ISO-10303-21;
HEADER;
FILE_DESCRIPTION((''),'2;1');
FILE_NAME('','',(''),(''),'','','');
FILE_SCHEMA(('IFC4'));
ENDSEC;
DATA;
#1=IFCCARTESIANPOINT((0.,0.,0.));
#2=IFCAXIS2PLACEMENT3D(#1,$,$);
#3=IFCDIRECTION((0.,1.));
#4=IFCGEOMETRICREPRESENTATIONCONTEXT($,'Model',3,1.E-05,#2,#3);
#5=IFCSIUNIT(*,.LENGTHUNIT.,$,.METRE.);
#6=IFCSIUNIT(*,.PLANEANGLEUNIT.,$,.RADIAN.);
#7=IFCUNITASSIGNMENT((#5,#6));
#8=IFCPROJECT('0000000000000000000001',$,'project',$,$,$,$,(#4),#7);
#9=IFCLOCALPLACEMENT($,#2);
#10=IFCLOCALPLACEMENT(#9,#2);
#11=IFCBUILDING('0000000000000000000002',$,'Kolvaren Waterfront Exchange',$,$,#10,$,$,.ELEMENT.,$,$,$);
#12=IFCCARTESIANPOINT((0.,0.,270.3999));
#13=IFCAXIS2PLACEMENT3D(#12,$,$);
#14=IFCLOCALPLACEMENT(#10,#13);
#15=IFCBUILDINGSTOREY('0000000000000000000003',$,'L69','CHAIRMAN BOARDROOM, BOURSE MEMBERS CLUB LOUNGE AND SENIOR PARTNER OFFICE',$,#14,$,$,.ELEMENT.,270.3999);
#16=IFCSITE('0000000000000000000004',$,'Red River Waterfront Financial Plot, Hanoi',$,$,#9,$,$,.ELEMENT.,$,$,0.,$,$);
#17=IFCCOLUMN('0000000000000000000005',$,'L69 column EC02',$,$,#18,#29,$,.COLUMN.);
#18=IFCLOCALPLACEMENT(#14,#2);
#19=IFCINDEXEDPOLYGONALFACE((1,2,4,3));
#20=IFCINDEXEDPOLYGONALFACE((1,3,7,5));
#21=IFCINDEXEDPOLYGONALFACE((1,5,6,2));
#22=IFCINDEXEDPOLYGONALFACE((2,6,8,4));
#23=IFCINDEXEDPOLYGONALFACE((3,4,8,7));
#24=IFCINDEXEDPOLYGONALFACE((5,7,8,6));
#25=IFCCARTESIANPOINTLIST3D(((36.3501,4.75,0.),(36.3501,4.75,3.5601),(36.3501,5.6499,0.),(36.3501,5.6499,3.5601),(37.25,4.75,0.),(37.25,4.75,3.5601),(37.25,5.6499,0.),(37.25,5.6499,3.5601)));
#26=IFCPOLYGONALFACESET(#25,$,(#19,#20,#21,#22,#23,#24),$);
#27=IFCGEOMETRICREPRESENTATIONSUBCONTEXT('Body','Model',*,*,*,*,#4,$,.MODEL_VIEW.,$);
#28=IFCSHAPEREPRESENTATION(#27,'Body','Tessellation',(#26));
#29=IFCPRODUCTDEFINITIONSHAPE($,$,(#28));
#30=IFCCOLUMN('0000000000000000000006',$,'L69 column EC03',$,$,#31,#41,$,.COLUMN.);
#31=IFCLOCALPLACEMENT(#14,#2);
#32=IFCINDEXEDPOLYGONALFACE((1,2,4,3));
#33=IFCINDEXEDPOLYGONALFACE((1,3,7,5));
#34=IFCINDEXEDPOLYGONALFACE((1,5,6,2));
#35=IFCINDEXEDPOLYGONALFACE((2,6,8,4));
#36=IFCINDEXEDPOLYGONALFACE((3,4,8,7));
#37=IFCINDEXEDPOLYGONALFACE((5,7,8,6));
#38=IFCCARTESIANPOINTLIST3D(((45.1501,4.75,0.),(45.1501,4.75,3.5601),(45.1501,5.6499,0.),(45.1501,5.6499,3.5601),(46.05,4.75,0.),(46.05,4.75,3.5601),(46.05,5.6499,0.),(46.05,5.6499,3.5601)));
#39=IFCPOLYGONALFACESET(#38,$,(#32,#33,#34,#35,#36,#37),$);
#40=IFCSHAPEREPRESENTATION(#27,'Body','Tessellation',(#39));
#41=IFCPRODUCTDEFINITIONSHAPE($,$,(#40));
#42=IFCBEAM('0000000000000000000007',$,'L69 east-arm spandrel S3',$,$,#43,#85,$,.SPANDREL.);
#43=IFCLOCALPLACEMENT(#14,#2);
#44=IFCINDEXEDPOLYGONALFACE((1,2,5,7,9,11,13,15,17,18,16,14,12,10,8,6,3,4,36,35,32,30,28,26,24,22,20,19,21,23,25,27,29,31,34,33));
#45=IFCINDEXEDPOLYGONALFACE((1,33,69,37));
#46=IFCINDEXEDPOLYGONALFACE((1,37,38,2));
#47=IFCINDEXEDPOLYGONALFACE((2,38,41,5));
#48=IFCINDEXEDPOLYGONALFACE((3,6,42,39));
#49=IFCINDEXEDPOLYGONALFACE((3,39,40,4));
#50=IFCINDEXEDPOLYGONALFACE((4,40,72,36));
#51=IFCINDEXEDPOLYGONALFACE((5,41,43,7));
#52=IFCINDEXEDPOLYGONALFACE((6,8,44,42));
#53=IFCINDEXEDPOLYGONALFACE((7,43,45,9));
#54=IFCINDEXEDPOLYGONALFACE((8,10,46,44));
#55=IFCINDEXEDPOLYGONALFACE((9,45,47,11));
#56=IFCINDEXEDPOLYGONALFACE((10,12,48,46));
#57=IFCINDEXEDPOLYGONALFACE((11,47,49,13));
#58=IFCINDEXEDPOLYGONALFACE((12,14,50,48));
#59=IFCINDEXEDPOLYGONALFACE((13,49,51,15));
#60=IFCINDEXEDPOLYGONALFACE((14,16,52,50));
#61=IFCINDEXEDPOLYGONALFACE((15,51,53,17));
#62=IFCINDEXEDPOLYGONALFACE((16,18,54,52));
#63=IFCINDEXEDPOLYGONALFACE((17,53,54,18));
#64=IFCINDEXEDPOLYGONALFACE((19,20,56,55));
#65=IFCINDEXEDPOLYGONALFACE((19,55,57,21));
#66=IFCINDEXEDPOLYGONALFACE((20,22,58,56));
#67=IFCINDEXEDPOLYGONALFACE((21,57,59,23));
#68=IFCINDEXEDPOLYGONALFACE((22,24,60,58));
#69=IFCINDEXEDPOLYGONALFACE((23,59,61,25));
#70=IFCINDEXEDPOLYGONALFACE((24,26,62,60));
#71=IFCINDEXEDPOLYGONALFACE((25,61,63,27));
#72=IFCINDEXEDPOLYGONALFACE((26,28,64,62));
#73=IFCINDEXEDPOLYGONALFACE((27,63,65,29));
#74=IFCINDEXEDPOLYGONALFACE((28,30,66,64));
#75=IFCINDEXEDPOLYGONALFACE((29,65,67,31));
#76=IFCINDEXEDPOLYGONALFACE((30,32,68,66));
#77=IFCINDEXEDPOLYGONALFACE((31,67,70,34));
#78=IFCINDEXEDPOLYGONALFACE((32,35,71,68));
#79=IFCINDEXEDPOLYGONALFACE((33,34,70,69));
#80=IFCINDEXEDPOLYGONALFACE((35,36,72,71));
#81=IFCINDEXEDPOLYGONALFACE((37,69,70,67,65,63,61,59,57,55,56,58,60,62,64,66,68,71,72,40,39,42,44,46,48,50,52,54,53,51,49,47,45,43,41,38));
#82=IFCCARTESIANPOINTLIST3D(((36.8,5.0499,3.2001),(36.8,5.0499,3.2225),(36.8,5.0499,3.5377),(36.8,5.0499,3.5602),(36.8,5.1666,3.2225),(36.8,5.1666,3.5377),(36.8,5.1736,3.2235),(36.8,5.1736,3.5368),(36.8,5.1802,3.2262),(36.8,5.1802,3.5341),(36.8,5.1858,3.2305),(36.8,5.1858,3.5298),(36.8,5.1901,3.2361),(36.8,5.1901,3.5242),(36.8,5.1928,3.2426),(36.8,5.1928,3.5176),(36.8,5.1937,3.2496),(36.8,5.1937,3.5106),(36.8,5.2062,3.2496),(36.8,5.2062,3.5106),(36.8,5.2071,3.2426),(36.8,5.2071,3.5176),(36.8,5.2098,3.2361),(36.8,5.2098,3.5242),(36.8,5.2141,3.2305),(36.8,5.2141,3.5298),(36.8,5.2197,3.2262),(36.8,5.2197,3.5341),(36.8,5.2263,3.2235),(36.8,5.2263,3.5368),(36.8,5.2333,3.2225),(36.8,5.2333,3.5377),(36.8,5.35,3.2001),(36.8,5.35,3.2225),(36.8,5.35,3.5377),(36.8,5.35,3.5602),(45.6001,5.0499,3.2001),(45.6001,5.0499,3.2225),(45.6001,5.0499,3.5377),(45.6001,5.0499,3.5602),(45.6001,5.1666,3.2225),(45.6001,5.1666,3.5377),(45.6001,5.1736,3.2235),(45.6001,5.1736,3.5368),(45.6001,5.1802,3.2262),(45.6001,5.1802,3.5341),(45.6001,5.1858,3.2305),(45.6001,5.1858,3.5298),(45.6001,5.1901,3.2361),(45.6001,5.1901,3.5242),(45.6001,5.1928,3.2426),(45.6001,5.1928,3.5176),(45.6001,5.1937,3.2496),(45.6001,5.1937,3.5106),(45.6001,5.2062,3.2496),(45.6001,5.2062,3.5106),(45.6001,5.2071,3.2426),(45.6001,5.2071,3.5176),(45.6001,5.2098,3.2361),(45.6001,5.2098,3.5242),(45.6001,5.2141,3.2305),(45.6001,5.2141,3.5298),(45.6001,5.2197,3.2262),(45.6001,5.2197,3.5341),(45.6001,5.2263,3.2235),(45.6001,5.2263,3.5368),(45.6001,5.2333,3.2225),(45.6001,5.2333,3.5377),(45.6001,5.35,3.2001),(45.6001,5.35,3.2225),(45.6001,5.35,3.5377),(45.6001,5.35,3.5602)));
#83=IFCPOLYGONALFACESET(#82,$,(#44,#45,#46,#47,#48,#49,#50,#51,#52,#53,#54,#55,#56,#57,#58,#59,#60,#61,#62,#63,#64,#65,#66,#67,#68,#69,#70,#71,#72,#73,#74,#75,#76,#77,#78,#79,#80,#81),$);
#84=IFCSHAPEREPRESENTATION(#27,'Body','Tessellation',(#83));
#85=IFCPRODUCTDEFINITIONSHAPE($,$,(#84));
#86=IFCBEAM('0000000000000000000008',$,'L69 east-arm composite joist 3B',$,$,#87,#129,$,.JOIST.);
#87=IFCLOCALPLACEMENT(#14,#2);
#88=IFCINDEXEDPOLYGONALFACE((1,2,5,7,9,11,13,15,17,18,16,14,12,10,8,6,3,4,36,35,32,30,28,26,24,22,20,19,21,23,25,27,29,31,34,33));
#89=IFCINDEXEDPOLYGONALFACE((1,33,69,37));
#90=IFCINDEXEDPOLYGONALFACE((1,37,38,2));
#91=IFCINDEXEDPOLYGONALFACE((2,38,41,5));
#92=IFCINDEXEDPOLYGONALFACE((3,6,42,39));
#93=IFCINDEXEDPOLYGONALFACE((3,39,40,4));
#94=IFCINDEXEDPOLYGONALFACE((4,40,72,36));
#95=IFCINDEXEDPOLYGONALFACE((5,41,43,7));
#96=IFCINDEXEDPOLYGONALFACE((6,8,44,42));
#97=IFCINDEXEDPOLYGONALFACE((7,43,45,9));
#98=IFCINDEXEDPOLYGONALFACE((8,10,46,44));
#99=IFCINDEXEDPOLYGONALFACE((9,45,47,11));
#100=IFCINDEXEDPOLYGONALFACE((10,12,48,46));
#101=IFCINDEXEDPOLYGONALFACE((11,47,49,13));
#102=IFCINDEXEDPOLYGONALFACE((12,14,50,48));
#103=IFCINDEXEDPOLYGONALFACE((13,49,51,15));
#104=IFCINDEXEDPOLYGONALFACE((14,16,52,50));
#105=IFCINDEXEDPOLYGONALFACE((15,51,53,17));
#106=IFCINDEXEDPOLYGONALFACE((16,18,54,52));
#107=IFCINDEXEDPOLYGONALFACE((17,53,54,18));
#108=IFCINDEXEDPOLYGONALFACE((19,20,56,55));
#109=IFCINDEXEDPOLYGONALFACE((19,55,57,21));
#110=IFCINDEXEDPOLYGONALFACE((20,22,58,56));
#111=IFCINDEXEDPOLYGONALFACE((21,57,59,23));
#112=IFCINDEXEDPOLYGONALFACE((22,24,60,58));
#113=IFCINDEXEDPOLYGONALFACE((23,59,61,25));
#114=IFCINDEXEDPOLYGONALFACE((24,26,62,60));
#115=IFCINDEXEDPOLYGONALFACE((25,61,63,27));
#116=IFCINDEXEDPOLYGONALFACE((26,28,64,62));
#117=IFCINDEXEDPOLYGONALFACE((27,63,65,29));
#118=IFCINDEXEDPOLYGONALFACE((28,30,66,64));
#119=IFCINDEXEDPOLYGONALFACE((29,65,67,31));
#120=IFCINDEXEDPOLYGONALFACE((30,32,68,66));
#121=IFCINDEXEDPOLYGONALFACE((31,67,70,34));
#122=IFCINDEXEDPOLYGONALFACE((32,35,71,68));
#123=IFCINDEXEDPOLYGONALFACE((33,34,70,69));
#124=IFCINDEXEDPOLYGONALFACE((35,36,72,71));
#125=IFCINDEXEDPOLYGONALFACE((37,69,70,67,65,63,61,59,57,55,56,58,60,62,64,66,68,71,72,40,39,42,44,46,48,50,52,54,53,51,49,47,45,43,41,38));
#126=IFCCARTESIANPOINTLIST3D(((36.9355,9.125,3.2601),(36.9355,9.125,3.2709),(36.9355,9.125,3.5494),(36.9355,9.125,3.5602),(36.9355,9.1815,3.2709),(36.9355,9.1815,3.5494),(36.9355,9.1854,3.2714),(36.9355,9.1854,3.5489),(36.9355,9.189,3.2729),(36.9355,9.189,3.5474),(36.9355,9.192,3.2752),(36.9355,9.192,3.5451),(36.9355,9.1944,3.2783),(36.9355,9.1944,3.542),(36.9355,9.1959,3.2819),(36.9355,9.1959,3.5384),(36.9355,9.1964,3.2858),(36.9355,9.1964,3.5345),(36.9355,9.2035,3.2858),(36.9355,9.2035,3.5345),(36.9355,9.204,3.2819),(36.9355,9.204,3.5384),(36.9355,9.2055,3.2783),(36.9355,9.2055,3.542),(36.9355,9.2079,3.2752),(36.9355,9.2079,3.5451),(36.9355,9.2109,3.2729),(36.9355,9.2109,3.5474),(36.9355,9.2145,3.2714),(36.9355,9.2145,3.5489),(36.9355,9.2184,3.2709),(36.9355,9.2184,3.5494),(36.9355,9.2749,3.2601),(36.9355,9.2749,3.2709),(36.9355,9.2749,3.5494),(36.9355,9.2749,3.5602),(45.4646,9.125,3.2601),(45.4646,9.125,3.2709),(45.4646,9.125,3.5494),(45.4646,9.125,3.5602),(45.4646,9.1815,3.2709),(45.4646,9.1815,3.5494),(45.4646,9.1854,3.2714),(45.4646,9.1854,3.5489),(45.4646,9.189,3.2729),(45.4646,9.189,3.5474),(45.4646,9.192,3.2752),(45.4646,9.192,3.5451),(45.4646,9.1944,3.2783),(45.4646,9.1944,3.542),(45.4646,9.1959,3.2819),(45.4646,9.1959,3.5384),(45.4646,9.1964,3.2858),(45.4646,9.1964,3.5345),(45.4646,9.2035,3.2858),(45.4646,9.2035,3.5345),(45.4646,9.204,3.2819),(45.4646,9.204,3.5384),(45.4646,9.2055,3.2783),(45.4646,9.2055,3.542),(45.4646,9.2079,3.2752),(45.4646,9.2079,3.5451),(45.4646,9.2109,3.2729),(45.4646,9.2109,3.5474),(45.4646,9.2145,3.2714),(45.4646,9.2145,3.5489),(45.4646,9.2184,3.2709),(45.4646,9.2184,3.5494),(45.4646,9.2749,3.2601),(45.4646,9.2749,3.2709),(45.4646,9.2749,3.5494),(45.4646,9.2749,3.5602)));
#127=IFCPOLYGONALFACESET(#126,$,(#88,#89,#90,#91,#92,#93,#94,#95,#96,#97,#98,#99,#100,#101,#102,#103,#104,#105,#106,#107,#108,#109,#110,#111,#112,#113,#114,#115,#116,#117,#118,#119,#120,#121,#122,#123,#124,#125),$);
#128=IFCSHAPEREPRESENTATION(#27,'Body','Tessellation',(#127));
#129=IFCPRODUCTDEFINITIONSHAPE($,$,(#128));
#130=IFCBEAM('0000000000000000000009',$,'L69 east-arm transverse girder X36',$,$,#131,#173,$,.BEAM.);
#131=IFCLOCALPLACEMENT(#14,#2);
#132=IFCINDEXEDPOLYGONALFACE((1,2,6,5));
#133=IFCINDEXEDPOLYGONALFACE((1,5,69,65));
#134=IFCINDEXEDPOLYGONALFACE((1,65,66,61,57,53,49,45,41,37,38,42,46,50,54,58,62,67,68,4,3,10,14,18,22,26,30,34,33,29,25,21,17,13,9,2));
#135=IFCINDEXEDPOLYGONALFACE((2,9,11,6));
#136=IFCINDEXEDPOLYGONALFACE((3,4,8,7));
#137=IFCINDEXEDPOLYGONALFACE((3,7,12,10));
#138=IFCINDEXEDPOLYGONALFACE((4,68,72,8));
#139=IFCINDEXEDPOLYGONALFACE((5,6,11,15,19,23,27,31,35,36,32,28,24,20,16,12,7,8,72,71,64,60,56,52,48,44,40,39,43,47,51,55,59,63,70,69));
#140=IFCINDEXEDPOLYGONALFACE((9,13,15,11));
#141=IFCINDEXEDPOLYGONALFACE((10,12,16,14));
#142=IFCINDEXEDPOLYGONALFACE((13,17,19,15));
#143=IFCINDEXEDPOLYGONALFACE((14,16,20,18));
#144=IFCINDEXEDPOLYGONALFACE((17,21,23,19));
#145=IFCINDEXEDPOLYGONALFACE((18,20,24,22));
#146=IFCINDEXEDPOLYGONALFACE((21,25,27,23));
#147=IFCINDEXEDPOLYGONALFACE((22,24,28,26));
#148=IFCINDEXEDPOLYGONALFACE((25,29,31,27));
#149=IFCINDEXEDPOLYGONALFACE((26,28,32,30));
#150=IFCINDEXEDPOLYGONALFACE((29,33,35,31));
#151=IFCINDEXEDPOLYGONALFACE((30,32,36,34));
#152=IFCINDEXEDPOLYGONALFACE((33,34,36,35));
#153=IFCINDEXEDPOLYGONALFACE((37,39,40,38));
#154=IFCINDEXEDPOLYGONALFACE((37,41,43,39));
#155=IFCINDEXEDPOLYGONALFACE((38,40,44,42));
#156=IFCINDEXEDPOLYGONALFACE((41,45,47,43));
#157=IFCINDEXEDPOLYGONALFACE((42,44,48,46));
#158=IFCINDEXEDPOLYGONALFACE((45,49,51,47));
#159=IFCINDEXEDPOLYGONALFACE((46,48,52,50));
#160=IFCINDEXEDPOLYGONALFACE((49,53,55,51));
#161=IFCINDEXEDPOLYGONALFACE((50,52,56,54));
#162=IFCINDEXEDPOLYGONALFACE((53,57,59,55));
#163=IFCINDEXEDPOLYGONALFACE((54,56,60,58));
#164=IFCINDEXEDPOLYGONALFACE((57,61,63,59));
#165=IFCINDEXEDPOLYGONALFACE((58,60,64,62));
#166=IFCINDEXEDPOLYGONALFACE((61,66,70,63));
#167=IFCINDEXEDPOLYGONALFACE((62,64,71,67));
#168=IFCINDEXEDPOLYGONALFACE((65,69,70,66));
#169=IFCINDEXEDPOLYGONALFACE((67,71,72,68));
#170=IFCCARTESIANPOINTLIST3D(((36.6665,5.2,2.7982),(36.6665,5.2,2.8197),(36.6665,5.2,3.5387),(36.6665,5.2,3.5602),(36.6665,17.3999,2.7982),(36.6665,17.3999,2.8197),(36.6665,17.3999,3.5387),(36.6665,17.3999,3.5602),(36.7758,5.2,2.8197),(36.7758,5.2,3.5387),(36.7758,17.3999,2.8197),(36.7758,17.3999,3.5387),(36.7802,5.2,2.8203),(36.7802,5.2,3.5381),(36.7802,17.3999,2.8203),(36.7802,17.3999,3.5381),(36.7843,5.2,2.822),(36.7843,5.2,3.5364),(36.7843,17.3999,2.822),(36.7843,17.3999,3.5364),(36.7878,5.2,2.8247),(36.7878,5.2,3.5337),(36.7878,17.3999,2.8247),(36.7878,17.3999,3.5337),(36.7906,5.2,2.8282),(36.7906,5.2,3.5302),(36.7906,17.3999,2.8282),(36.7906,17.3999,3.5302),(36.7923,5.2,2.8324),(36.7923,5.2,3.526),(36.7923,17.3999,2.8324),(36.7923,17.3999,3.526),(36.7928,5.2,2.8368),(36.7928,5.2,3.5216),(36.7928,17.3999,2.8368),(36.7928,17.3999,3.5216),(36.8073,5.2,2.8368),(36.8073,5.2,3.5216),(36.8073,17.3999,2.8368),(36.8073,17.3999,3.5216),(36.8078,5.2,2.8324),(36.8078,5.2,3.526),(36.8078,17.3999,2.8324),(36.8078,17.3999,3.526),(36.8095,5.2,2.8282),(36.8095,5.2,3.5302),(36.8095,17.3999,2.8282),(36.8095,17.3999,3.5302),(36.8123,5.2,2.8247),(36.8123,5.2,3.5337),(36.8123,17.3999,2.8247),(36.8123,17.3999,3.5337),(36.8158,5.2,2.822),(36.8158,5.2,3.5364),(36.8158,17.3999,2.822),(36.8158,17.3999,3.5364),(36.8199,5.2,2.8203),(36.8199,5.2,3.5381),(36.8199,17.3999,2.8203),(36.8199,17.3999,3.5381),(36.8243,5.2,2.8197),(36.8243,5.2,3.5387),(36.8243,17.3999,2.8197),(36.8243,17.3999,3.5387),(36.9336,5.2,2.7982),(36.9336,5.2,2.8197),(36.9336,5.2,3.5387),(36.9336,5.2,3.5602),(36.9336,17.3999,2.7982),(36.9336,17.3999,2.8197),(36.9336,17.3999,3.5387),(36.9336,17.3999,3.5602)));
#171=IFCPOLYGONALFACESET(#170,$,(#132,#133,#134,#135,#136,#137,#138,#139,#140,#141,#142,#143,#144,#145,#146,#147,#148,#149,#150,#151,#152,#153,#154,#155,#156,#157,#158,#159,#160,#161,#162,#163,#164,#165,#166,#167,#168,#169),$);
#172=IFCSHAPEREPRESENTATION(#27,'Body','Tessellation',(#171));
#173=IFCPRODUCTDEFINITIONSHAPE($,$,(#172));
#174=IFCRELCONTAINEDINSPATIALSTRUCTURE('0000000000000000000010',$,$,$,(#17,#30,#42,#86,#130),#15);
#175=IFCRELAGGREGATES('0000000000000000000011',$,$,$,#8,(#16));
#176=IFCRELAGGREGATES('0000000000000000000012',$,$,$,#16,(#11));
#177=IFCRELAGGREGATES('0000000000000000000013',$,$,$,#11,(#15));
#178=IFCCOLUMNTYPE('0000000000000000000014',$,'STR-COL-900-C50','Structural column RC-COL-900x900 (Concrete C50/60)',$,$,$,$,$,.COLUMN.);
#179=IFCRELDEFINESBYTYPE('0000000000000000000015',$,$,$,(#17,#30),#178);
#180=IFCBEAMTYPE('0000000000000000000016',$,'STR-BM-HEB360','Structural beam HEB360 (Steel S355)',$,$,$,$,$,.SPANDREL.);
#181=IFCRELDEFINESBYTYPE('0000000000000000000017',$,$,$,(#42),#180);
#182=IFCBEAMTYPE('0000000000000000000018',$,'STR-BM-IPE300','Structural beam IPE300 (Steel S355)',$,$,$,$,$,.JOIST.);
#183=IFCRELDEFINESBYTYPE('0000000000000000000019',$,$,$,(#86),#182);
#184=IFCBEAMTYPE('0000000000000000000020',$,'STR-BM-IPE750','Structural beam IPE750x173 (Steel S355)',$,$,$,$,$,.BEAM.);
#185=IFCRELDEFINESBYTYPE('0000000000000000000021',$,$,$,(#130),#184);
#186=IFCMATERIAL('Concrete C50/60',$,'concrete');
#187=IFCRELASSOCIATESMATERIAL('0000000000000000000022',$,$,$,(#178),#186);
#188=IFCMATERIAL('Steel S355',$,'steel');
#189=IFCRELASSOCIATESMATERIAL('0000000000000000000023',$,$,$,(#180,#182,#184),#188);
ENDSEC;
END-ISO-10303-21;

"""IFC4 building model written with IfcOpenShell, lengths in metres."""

from ifc_helpers import new_model, si_unit, direction, frame, origin, origin_2d, place, context, subcontext, project, spatial, rectangle, i_section, extrude, material, material_profile, profile_set, type_object, element, save


model = new_model("IFC4")

# Units and contexts
model_context = context("Model", 3, precision=1e-05, world=origin(), true_north=direction((0.0, 1.0)))
body_context = subcontext(model_context, "Body", "Model", "MODEL_VIEW")
ifc_project = project(units=[si_unit("LENGTHUNIT", "METRE"), si_unit("PLANEANGLEUNIT", "RADIAN")], contexts=[model_context])

# Site, building, storey
site_placement = place(None, origin())
site = spatial("IfcSite", under=ifc_project, at=site_placement, Name="Red River Waterfront Financial Plot, Hanoi", CompositionType="ELEMENT", RefElevation=0.0)
building_placement = place(site_placement, origin())
building = spatial("IfcBuilding", under=site, at=building_placement, Name="Kolvaren Waterfront Exchange", CompositionType="ELEMENT")
storey_placement = place(building_placement, frame((0.0, 0.0, 270.3999)))
storey = spatial("IfcBuildingStorey", under=building, at=storey_placement, Name="L69", Description="CHAIRMAN BOARDROOM, BOURSE MEMBERS CLUB LOUNGE AND SENIOR PARTNER OFFICE", CompositionType="ELEMENT", Elevation=270.3999)

# Columns
ifc_material_1 = material(Name="Concrete C50/60", Category="concrete")
ifc_material_profile_1 = material_profile(ifc_material_1, rectangle(XDim=0.8999, YDim=0.8999, at=origin_2d()), Name="RC-COL-900x900")
ifc_profile_set_1 = profile_set([ifc_material_profile_1], Name="Concrete C50/60")
column_type = type_object("IfcColumnType", Name="STR-COL-900-C50", Description="Structural column RC-COL-900x900 (Concrete C50/60)", PredefinedType="COLUMN", material=ifc_profile_set_1)
for number, where, z_axis, x_axis, name in (
    (1, (36.8, 5.2, 0.0), (0.0, 0.0, 1.0), (1.0, 0.0, 0.0), "L69 column EC02"),
    (2, (45.6001, 5.2, 0.0), (0.0, 0.0, 1.0), (1.0, 0.0, 0.0), "L69 column EC03"),
):
    element("IfcColumn", number, at=place(storey_placement, frame(where, z_axis=z_axis, x_axis=x_axis)), inside=storey, type_object=column_type, Name=name, PredefinedType="COLUMN", context=body_context, shape_type="SweptSolid", body=[
        extrude(rectangle(XDim=0.8999, YDim=0.8999, at=origin_2d()), origin(), (0.0, 0.0, 1.0), 3.5601),
    ])

# Beams
ifc_material_2 = material(Name="Steel S355", Category="steel")
ifc_material_profile_2 = material_profile(ifc_material_2, i_section(OverallWidth=0.3, OverallDepth=0.3601, WebThickness=0.0125, FlangeThickness=0.0225, FilletRadius=0.0271, at=origin_2d()), Name="HEB360")
ifc_profile_set_2 = profile_set([ifc_material_profile_2], Name="Steel S355")
beam_type_1 = type_object("IfcBeamType", Name="STR-BM-HEB360", Description="Structural beam HEB360 (Steel S355)", PredefinedType="SPANDREL", material=ifc_profile_set_2)
beam_1_placement = place(storey_placement, frame((36.8, 5.2, 3.3801), z_axis=(1.0, 0.0, 0.0), x_axis=(0.0, 1.0, 0.0)))
element("IfcBeam", 3, at=beam_1_placement, inside=storey, type_object=beam_type_1, Name="L69 east-arm spandrel S3", PredefinedType="SPANDREL", context=body_context, shape_type="SweptSolid", body=[
    extrude(i_section(OverallWidth=0.3, OverallDepth=0.3601, WebThickness=0.0125, FlangeThickness=0.0225, FilletRadius=0.0271, at=origin_2d()), origin(), (0.0, 0.0, 1.0), 8.8),
])
ifc_material_profile_3 = material_profile(ifc_material_2, i_section(OverallWidth=0.1499, OverallDepth=0.3, WebThickness=0.0071, FlangeThickness=0.0107, FilletRadius=0.0149, at=origin_2d()), Name="IPE300")
ifc_profile_set_3 = profile_set([ifc_material_profile_3], Name="Steel S355")
beam_type_2 = type_object("IfcBeamType", Name="STR-BM-IPE300", Description="Structural beam IPE300 (Steel S355)", PredefinedType="JOIST", material=ifc_profile_set_3)
beam_2_placement = place(storey_placement, frame((36.9355, 9.2, 3.4102), z_axis=(1.0, 0.0, 0.0), x_axis=(0.0, 1.0, 0.0)))
element("IfcBeam", 4, at=beam_2_placement, inside=storey, type_object=beam_type_2, Name="L69 east-arm composite joist 3B", PredefinedType="JOIST", context=body_context, shape_type="SweptSolid", body=[
    extrude(i_section(OverallWidth=0.1499, OverallDepth=0.3, WebThickness=0.0071, FlangeThickness=0.0107, FilletRadius=0.0149, at=origin_2d()), origin(), (0.0, 0.0, 1.0), 8.5291),
])
ifc_material_profile_4 = material_profile(ifc_material_2, i_section(OverallWidth=0.2671, OverallDepth=0.762, WebThickness=0.0144, FlangeThickness=0.0215, FilletRadius=0.0171, at=origin_2d()), Name="IPE750x173")
ifc_profile_set_4 = profile_set([ifc_material_profile_4], Name="Steel S355")
beam_type_3 = type_object("IfcBeamType", Name="STR-BM-IPE750", Description="Structural beam IPE750x173 (Steel S355)", PredefinedType="BEAM", material=ifc_profile_set_4)
for number, where, z_axis, x_axis, name in (
    (5, (36.8, 5.2, 3.1792), (0.0, 1.0, 0.0), (-1.0, 0.0, 0.0), "L69 east-arm transverse girder X36"),
):
    element("IfcBeam", number, at=place(storey_placement, frame(where, z_axis=z_axis, x_axis=x_axis)), inside=storey, type_object=beam_type_3, Name=name, PredefinedType="BEAM", context=body_context, shape_type="SweptSolid", body=[
        extrude(i_section(OverallWidth=0.2671, OverallDepth=0.762, WebThickness=0.0144, FlangeThickness=0.0215, FilletRadius=0.0171, at=origin_2d()), origin(), (0.0, 0.0, 1.0), 12.2),
    ])

save(model, "model.ifc")
